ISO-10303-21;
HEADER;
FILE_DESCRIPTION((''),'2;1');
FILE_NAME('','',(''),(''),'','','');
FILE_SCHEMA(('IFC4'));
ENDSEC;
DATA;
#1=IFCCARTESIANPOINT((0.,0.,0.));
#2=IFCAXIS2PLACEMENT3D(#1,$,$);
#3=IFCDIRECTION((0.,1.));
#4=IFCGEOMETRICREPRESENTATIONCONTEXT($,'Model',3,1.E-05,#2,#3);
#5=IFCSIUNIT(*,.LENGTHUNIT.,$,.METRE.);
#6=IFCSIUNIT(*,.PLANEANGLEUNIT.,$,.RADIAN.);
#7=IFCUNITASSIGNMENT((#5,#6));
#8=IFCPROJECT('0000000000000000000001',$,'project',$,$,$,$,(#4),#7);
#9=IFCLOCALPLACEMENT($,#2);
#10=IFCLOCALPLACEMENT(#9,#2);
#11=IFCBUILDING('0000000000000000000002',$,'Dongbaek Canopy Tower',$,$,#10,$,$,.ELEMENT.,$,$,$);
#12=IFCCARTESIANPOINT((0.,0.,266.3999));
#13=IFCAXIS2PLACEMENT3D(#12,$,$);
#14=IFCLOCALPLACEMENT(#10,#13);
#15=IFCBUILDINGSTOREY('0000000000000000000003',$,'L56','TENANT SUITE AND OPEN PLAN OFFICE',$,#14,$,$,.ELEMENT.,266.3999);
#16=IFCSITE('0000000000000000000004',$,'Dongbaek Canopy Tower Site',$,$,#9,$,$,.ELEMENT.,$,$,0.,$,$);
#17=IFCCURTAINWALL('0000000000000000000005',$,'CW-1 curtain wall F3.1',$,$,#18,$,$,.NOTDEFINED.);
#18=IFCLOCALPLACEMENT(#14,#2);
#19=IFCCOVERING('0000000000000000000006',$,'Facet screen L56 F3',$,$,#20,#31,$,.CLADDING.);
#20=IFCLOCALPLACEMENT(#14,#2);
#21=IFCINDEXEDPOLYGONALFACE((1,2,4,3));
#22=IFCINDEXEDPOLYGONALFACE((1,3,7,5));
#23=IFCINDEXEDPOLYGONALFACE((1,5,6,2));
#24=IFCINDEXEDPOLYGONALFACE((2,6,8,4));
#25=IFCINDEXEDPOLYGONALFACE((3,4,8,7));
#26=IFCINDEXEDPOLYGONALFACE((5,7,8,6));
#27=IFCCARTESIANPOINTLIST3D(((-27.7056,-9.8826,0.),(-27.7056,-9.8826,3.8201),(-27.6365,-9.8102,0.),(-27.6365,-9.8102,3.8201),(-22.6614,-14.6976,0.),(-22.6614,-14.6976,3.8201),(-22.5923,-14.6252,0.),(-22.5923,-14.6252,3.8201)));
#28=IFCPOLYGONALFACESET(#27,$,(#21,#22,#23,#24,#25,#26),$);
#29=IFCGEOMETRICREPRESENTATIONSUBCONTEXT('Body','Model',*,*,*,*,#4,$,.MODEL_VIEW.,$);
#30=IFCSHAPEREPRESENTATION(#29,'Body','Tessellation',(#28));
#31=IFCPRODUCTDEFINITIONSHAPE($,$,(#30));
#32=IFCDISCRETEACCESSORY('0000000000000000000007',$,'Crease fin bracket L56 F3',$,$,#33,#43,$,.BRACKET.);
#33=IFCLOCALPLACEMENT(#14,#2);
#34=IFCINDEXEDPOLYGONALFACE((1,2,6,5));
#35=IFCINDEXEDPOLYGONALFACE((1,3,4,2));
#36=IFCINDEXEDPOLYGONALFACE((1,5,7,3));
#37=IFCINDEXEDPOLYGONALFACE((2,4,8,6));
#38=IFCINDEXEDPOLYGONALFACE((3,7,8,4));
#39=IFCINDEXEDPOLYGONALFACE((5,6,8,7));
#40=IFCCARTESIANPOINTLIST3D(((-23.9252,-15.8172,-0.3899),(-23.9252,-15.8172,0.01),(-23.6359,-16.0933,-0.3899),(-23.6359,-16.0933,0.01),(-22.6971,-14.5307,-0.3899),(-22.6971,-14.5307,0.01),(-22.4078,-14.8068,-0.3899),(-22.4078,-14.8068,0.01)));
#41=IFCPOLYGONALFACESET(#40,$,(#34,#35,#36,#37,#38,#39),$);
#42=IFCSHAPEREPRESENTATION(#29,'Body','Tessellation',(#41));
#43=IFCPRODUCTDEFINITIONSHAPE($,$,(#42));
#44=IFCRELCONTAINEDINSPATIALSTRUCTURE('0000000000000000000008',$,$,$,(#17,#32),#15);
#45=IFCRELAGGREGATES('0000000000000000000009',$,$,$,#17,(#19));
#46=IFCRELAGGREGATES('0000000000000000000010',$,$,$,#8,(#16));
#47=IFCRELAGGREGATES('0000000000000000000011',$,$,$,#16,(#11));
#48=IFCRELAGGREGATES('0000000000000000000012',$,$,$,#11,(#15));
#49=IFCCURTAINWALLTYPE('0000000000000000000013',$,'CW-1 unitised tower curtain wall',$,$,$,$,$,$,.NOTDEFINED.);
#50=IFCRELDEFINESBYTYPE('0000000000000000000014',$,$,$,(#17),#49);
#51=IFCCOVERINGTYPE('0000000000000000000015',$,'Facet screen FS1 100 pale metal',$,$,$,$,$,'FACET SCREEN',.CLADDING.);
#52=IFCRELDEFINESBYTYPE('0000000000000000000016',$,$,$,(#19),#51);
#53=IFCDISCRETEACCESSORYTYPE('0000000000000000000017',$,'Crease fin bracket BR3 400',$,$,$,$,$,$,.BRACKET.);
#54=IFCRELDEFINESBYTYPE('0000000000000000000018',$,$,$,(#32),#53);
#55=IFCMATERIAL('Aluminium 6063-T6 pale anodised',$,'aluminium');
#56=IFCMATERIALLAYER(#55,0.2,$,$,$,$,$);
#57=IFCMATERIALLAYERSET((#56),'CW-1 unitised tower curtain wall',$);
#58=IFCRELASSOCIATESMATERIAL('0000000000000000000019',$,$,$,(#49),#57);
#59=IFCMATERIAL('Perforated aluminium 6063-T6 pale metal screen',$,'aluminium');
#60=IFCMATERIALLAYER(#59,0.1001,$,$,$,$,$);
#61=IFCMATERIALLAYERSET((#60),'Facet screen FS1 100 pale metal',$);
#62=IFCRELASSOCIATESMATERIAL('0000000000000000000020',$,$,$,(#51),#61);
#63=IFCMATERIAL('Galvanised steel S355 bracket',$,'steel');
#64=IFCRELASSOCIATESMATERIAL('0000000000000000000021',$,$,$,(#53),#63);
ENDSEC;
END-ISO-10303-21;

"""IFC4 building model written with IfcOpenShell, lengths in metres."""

from ifc_helpers import new_model, si_unit, direction, frame, origin, origin_2d, place, context, subcontext, project, spatial, rectangle, extrude, material, layer, layer_set, type_object, element, aggregate, save


model = new_model("IFC4")

# Units and contexts
model_context = context("Model", 3, precision=1e-05, world=origin(), true_north=direction((0.0, 1.0)))
body_context = subcontext(model_context, "Body", "Model", "MODEL_VIEW")
ifc_project = project(units=[si_unit("LENGTHUNIT", "METRE"), si_unit("PLANEANGLEUNIT", "RADIAN")], contexts=[model_context])

# Site, building, storey
site_placement = place(None, origin())
site = spatial("IfcSite", under=ifc_project, at=site_placement, Name="Dongbaek Canopy Tower Site", CompositionType="ELEMENT", RefElevation=0.0)
building_placement = place(site_placement, origin())
building = spatial("IfcBuilding", under=site, at=building_placement, Name="Dongbaek Canopy Tower", CompositionType="ELEMENT")
storey_placement = place(building_placement, frame((0.0, 0.0, 266.3999)))
storey = spatial("IfcBuildingStorey", under=building, at=storey_placement, Name="L56", Description="TENANT SUITE AND OPEN PLAN OFFICE", CompositionType="ELEMENT", Elevation=266.3999)

# Curtain wall
ifc_material_1 = material(Name="Aluminium 6063-T6 pale anodised", Category="aluminium")
ifc_layer_1 = layer(ifc_material_1, 0.2)
ifc_layer_set_1 = layer_set([ifc_layer_1], Name="CW-1 unitised tower curtain wall")
curtain_wall_type = type_object("IfcCurtainWallType", Name="CW-1 unitised tower curtain wall", PredefinedType="NOTDEFINED", material=ifc_layer_set_1)
curtain_wall_placement = place(storey_placement, origin())
curtain_wall = element("IfcCurtainWall", 1, at=curtain_wall_placement, inside=storey, type_object=curtain_wall_type, Name="CW-1 curtain wall F3.1", PredefinedType="NOTDEFINED")

# Covering
ifc_material_2 = material(Name="Perforated aluminium 6063-T6 pale metal screen", Category="aluminium")
ifc_layer_2 = layer(ifc_material_2, 0.1001)
ifc_layer_set_2 = layer_set([ifc_layer_2], Name="Facet screen FS1 100 pale metal")
covering_type_1 = type_object("IfcCoveringType", Name="Facet screen FS1 100 pale metal", ElementType="FACET SCREEN", PredefinedType="CLADDING", material=ifc_layer_set_2)
covering_1_placement = place(storey_placement, frame((-25.1489, -12.2539, 0.0), z_axis=(0.0, 0.0, 1.0), x_axis=(0.72335, -0.690481, 0.0)))
covering_1 = element("IfcCovering", 2, at=covering_1_placement, type_object=covering_type_1, Name="Facet screen L56 F3", PredefinedType="CLADDING", context=body_context, shape_type="SweptSolid", body=[
    extrude(rectangle(XDim=6.9734, YDim=0.1001, at=origin_2d()), origin(), (0.0, 0.0, 1.0), 3.8201),
])
aggregate(curtain_wall, [covering_1])

# Discrete accessory
ifc_material_3 = material(Name="Galvanised steel S355 bracket", Category="steel")
discrete_accessory_type = type_object("IfcDiscreteAccessoryType", Name="Crease fin bracket BR3 400", PredefinedType="BRACKET", material=ifc_material_3)
discrete_accessory_placement = place(storey_placement, frame((-23.1665, -15.312, -0.3899), z_axis=(0.0, 0.0, 1.0), x_axis=(-0.690481, -0.72335, 0.0)))
element("IfcDiscreteAccessory", 3, at=discrete_accessory_placement, inside=storey, type_object=discrete_accessory_type, Name="Crease fin bracket L56 F3", PredefinedType="BRACKET", context=body_context, shape_type="SweptSolid", body=[
    extrude(rectangle(XDim=1.7786, YDim=0.3999, at=origin_2d()), origin(), (0.0, 0.0, 1.0), 0.3999),
])

save(model, "model.ifc")
